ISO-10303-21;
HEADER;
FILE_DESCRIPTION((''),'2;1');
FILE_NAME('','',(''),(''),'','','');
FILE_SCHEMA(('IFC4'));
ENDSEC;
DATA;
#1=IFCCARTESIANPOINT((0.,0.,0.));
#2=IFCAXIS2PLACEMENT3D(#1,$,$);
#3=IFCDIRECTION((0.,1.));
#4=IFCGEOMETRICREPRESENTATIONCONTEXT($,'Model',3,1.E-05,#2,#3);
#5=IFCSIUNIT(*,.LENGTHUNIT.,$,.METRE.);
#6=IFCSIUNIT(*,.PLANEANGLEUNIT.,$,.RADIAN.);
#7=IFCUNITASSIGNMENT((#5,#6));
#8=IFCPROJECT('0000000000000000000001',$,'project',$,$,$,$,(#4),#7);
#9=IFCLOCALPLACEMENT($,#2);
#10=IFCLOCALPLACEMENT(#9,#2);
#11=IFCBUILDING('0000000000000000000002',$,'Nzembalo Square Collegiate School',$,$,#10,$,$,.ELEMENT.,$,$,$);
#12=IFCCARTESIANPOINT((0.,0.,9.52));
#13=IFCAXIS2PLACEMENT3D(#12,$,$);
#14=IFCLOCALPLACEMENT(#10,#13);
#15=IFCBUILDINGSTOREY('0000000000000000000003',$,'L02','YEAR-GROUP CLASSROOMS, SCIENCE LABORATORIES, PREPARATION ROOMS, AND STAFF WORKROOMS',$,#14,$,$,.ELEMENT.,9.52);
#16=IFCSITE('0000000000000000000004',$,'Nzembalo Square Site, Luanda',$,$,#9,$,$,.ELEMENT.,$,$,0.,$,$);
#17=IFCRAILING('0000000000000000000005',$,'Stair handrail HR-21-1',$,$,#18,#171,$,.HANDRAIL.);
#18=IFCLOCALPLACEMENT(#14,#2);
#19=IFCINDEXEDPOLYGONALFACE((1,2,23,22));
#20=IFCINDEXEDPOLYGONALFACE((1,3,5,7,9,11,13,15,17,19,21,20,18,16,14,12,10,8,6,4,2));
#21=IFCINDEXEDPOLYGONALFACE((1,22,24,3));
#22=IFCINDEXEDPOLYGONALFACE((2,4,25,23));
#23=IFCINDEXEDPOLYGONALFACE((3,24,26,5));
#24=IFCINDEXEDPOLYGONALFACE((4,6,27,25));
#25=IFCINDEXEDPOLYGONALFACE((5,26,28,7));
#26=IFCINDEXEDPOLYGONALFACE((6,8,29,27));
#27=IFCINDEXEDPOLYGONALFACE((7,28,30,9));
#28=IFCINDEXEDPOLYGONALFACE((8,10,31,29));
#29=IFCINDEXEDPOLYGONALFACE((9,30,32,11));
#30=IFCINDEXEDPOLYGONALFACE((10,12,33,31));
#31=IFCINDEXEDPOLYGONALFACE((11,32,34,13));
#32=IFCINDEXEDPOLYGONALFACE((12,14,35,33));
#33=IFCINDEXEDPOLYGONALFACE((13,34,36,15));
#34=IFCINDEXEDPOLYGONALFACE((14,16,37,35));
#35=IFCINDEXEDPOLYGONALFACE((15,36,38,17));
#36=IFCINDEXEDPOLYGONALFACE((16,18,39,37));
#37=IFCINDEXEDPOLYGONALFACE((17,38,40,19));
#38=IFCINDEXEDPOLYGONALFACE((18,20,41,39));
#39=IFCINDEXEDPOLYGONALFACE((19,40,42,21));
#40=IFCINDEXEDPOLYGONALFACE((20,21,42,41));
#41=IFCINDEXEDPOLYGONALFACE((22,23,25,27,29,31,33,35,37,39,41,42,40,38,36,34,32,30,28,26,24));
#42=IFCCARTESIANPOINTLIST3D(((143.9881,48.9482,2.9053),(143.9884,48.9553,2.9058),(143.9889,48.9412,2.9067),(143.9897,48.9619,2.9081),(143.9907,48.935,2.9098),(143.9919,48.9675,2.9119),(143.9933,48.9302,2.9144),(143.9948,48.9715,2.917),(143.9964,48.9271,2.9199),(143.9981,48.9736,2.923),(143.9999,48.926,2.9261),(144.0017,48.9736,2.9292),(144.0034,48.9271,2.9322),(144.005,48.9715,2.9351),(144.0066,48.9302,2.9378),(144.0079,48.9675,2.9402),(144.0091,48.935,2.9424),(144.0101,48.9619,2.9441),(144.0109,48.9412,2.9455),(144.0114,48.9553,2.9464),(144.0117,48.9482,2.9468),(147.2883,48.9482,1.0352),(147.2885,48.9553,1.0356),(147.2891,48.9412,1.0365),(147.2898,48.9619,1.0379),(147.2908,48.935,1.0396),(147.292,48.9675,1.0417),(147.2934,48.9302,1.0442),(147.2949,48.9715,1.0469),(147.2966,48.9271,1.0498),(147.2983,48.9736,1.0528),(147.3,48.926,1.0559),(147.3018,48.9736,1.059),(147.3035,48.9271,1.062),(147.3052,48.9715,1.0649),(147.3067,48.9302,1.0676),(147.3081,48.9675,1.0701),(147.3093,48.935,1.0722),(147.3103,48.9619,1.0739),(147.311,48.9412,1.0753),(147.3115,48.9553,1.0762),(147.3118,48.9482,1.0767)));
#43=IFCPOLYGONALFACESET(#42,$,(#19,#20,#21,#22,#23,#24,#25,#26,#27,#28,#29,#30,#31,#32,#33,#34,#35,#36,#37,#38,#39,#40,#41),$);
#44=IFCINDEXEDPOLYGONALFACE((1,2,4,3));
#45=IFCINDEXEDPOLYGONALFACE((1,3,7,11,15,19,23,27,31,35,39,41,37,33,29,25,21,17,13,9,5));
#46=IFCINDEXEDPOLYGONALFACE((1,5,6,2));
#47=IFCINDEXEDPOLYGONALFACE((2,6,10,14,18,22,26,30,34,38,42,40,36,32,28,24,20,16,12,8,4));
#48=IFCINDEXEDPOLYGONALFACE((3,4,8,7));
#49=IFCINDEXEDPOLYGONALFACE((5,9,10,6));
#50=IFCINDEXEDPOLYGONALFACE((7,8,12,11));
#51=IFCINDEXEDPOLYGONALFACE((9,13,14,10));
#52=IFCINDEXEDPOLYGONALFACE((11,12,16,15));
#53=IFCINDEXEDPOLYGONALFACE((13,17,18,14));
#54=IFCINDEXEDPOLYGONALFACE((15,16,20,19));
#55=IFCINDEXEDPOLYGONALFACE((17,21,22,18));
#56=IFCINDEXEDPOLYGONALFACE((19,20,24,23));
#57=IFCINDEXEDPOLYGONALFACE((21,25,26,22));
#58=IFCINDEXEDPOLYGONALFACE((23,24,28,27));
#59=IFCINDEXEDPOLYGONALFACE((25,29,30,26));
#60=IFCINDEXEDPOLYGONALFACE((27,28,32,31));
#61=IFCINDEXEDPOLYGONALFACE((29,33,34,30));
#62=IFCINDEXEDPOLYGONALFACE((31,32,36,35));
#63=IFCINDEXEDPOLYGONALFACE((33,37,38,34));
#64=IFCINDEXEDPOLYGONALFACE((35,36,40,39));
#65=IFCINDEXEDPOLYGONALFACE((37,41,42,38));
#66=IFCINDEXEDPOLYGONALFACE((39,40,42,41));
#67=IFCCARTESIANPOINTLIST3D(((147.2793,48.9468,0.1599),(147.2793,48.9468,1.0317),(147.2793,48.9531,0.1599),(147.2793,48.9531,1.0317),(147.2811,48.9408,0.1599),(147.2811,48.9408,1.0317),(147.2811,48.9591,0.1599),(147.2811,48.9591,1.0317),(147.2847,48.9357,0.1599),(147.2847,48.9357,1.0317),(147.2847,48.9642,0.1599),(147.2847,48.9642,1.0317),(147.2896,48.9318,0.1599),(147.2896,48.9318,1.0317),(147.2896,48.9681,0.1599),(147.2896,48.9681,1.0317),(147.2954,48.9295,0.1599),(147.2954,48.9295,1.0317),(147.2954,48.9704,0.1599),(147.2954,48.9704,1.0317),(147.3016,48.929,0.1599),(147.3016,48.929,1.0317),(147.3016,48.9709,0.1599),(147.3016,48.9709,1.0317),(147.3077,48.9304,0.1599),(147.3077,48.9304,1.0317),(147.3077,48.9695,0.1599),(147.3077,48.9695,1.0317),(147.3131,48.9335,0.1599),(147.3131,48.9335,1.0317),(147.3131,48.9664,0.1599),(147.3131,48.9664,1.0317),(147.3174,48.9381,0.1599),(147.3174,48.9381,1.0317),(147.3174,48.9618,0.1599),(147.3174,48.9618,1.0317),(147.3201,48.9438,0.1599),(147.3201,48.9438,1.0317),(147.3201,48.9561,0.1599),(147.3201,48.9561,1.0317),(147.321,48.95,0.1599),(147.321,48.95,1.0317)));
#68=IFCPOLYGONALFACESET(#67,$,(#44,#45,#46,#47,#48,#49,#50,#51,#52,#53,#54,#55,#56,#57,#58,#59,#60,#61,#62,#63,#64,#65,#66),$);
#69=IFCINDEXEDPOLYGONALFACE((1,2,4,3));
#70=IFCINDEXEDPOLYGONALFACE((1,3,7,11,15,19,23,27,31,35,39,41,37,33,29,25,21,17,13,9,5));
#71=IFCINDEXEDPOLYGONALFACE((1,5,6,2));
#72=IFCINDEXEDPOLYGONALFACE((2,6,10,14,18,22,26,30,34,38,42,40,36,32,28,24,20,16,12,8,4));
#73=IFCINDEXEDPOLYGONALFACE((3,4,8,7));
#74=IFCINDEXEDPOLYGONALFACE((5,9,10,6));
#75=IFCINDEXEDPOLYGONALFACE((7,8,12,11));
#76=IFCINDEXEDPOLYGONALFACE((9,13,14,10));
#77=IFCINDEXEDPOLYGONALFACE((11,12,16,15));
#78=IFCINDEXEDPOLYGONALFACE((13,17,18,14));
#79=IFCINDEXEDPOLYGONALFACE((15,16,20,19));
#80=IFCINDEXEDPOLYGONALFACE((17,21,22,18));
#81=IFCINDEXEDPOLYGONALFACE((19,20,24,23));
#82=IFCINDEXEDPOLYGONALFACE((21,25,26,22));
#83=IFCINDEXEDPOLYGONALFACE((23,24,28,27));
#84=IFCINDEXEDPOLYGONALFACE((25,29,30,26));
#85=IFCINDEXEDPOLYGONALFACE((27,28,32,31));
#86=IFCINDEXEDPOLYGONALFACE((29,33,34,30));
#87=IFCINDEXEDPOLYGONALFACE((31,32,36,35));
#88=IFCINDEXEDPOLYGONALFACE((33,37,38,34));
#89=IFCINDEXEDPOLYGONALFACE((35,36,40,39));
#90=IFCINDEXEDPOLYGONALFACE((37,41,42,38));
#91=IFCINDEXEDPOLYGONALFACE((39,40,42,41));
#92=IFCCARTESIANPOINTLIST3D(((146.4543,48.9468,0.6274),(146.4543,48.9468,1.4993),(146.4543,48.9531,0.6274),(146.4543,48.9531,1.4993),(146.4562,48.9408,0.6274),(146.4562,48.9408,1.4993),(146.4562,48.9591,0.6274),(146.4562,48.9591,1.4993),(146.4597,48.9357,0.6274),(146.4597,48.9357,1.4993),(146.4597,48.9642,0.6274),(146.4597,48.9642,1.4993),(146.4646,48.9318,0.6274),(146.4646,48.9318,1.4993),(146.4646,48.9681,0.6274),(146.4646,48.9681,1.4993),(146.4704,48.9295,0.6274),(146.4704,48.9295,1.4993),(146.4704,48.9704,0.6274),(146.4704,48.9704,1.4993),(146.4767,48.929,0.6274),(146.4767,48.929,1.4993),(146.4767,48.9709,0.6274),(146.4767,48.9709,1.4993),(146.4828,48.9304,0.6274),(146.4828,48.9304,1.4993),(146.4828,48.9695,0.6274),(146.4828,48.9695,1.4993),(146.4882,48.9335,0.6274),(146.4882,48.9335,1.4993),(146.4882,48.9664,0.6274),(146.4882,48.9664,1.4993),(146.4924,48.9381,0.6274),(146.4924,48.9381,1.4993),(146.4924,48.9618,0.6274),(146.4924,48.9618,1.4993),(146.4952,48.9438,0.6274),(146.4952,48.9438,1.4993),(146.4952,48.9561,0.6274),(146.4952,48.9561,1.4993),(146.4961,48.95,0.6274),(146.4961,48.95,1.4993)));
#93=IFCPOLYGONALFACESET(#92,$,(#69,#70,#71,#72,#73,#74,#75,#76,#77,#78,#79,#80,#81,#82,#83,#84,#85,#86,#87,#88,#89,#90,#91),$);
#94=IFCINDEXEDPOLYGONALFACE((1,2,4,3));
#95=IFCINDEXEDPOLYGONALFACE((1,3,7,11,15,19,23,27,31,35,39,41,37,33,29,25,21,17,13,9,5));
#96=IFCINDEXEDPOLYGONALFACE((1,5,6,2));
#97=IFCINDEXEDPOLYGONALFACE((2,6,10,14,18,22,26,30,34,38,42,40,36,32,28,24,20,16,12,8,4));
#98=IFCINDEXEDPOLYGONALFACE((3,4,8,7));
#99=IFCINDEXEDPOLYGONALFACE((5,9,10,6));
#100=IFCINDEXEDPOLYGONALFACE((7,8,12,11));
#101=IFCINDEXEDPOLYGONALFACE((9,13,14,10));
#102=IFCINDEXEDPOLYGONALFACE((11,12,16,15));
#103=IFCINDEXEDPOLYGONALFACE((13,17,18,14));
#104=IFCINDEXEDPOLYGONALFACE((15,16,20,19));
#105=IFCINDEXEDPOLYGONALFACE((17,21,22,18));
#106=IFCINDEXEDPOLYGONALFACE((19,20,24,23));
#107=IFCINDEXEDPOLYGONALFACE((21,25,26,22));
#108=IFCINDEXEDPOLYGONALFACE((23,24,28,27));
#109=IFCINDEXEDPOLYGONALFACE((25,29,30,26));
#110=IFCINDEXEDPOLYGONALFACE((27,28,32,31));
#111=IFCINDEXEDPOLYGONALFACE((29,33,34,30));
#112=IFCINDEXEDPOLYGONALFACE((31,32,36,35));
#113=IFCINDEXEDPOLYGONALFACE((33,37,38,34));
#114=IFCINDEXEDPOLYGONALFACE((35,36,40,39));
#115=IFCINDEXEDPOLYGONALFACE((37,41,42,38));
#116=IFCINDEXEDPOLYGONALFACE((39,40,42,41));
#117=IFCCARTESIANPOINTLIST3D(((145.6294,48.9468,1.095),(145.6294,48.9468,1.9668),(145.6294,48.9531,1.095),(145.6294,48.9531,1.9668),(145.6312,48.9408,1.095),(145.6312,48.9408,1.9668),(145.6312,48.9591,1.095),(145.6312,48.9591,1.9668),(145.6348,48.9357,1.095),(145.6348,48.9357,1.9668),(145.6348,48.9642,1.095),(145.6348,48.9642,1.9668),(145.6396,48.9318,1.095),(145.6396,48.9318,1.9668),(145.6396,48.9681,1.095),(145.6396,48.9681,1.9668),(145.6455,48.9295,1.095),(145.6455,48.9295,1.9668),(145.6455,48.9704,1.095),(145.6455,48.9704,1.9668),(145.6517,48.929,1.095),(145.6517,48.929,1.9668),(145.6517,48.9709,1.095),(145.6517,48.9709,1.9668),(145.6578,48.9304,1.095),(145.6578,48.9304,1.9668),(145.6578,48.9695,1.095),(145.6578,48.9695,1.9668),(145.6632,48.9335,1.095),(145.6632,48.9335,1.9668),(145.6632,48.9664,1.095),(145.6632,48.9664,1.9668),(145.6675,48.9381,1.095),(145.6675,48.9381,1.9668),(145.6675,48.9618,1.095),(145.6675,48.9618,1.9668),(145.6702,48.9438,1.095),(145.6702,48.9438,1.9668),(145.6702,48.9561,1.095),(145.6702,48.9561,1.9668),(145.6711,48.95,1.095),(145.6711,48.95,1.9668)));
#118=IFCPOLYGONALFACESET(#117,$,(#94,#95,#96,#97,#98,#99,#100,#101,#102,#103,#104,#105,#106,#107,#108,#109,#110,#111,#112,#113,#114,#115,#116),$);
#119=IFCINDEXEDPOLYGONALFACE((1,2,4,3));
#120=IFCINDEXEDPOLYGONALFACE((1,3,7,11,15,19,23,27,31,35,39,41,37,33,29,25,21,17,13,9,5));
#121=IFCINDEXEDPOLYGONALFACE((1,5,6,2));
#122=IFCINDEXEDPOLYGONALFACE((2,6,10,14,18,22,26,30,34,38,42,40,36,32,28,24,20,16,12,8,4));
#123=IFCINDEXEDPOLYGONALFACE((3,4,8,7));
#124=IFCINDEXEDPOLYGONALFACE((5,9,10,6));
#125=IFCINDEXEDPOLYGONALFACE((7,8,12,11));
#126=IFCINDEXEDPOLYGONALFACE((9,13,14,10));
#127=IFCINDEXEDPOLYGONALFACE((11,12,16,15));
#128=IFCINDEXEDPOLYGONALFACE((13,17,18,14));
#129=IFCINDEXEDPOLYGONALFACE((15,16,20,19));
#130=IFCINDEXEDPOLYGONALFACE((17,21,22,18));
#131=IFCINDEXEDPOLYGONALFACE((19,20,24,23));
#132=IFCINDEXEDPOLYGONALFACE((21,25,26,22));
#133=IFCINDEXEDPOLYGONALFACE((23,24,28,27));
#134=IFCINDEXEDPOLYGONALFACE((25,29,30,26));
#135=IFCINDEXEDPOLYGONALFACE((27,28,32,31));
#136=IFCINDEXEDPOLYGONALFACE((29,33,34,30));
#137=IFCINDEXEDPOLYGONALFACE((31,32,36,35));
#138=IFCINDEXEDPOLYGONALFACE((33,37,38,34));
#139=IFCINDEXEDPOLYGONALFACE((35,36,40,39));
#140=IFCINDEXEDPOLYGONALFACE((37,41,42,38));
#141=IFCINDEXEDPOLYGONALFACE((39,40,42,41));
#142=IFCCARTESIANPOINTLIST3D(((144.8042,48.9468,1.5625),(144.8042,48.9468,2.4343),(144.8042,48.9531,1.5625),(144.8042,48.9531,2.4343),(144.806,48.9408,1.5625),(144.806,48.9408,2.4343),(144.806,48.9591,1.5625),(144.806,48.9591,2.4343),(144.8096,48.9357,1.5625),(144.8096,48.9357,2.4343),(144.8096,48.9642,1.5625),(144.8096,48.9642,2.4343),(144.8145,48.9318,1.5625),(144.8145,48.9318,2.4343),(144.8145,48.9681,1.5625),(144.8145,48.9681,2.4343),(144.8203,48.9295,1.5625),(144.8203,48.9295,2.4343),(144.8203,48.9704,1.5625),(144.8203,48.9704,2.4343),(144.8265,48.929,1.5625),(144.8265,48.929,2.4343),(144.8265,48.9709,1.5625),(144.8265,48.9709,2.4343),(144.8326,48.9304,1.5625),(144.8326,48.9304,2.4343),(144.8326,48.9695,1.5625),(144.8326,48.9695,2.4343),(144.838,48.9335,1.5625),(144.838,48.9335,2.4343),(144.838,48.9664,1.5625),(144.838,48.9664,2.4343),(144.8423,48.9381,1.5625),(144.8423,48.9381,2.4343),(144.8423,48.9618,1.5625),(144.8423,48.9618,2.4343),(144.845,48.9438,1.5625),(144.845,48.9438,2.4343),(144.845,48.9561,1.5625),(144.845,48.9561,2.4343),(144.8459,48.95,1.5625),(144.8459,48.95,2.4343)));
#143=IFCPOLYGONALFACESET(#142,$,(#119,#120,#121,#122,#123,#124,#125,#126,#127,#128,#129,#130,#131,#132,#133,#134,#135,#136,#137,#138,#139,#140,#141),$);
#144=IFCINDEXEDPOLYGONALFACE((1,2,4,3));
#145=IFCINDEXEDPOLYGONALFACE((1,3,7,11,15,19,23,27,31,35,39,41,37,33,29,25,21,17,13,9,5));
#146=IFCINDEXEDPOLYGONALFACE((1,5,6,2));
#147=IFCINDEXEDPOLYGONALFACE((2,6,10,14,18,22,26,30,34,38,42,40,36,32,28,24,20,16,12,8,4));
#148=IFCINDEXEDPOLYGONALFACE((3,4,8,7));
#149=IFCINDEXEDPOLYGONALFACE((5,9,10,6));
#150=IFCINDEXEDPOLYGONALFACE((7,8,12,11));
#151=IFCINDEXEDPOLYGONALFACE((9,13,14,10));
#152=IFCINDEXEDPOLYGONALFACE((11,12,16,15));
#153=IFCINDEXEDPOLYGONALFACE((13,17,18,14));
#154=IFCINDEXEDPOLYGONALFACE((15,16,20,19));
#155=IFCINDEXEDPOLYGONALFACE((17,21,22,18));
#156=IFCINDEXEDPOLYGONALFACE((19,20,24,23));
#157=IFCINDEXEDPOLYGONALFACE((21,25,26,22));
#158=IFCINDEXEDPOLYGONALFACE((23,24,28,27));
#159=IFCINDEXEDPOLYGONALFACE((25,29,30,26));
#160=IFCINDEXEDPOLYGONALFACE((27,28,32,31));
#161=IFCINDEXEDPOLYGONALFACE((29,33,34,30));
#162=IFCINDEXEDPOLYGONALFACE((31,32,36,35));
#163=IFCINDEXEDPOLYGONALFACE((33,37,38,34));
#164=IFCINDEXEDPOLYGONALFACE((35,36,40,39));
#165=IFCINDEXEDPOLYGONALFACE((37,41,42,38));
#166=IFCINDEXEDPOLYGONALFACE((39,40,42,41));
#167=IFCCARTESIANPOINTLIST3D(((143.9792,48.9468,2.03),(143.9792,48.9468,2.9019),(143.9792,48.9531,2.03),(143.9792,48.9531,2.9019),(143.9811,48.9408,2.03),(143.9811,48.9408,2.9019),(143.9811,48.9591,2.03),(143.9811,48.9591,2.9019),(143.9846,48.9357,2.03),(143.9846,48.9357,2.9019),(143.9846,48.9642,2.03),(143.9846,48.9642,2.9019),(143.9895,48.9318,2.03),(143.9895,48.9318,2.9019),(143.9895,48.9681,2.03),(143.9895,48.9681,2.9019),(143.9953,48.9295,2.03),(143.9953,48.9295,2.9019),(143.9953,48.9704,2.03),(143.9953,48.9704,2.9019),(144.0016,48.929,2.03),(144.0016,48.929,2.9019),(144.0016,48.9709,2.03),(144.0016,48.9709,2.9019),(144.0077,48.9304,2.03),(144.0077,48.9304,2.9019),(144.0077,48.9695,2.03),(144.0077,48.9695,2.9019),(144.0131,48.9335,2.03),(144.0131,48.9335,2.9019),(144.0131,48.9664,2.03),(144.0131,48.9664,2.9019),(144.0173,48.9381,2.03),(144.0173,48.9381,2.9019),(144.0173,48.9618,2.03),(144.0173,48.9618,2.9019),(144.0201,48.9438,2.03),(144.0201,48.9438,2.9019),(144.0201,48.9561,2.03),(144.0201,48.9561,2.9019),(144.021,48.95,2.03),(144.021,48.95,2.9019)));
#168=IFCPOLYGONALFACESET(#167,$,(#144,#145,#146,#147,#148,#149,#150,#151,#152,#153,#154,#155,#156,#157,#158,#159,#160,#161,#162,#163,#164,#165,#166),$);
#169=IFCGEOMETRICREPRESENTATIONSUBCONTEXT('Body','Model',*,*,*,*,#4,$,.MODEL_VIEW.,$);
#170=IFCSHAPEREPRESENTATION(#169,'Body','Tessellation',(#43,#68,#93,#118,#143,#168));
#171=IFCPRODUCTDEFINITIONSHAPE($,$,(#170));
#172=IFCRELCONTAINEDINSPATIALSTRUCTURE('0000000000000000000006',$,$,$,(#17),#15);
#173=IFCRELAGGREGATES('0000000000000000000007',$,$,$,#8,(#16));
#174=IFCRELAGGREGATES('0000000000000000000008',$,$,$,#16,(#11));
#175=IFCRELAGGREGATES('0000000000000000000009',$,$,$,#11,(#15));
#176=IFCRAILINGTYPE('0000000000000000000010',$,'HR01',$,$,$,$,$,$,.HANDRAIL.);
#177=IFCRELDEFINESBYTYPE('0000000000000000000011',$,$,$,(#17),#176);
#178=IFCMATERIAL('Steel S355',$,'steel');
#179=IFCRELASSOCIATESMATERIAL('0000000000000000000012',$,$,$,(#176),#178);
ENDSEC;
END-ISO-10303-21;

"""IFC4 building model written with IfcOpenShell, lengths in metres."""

from ifc_helpers import new_model, si_unit, direction, frame, origin, origin_2d, place, context, subcontext, project, spatial, circle, extrude, material, type_object, element, save


model = new_model("IFC4")

# Units and contexts
model_context = context("Model", 3, precision=1e-05, world=origin(), true_north=direction((0.0, 1.0)))
body_context = subcontext(model_context, "Body", "Model", "MODEL_VIEW")
ifc_project = project(units=[si_unit("LENGTHUNIT", "METRE"), si_unit("PLANEANGLEUNIT", "RADIAN")], contexts=[model_context])

# Site, building, storey
site_placement = place(None, origin())
site = spatial("IfcSite", under=ifc_project, at=site_placement, Name="Nzembalo Square Site, Luanda", CompositionType="ELEMENT", RefElevation=0.0)
building_placement = place(site_placement, origin())
building = spatial("IfcBuilding", under=site, at=building_placement, Name="Nzembalo Square Collegiate School", CompositionType="ELEMENT")
storey_placement = place(building_placement, frame((0.0, 0.0, 9.52)))
storey = spatial("IfcBuildingStorey", under=building, at=storey_placement, Name="L02", Description="YEAR-GROUP CLASSROOMS, SCIENCE LABORATORIES, PREPARATION ROOMS, AND STAFF WORKROOMS", CompositionType="ELEMENT", Elevation=9.52)

# Railing
ifc_material_1 = material(Name="Steel S355", Category="steel")
railing_type_1 = type_object("IfcRailingType", Name="HR01", PredefinedType="HANDRAIL", material=ifc_material_1)
railing_1_placement = place(storey_placement, frame((147.3, 48.95, 0.1599)))
element("IfcRailing", 1, at=railing_1_placement, inside=storey, type_object=railing_type_1, Name="Stair handrail HR-21-1", PredefinedType="HANDRAIL", context=body_context, shape_type="SweptSolid", body=[
    extrude(circle(Radius=0.0239, at=origin_2d()), frame((0.0, 0.0, 0.896), z_axis=(-0.870012, 0.0, 0.49303), x_axis=(0.0, -1.0, 0.0)), (0.0, 0.0, 1.0), 3.7932),
    extrude(circle(Radius=0.021, at=origin_2d()), origin(), (0.0, 0.0, 1.0), 0.8718),
    extrude(circle(Radius=0.021, at=origin_2d()), frame((-0.825, 0.0, 0.4675)), (0.0, 0.0, 1.0), 0.8718),
    extrude(circle(Radius=0.021, at=origin_2d()), frame((-1.6499, 0.0, 0.9351)), (0.0, 0.0, 1.0), 0.8718),
    extrude(circle(Radius=0.021, at=origin_2d()), frame((-2.4751, 0.0, 1.4026)), (0.0, 0.0, 1.0), 0.8718),
    extrude(circle(Radius=0.021, at=origin_2d()), frame((-3.3, 0.0, 1.8701)), (0.0, 0.0, 1.0), 0.8718),
])

save(model, "model.ifc")
